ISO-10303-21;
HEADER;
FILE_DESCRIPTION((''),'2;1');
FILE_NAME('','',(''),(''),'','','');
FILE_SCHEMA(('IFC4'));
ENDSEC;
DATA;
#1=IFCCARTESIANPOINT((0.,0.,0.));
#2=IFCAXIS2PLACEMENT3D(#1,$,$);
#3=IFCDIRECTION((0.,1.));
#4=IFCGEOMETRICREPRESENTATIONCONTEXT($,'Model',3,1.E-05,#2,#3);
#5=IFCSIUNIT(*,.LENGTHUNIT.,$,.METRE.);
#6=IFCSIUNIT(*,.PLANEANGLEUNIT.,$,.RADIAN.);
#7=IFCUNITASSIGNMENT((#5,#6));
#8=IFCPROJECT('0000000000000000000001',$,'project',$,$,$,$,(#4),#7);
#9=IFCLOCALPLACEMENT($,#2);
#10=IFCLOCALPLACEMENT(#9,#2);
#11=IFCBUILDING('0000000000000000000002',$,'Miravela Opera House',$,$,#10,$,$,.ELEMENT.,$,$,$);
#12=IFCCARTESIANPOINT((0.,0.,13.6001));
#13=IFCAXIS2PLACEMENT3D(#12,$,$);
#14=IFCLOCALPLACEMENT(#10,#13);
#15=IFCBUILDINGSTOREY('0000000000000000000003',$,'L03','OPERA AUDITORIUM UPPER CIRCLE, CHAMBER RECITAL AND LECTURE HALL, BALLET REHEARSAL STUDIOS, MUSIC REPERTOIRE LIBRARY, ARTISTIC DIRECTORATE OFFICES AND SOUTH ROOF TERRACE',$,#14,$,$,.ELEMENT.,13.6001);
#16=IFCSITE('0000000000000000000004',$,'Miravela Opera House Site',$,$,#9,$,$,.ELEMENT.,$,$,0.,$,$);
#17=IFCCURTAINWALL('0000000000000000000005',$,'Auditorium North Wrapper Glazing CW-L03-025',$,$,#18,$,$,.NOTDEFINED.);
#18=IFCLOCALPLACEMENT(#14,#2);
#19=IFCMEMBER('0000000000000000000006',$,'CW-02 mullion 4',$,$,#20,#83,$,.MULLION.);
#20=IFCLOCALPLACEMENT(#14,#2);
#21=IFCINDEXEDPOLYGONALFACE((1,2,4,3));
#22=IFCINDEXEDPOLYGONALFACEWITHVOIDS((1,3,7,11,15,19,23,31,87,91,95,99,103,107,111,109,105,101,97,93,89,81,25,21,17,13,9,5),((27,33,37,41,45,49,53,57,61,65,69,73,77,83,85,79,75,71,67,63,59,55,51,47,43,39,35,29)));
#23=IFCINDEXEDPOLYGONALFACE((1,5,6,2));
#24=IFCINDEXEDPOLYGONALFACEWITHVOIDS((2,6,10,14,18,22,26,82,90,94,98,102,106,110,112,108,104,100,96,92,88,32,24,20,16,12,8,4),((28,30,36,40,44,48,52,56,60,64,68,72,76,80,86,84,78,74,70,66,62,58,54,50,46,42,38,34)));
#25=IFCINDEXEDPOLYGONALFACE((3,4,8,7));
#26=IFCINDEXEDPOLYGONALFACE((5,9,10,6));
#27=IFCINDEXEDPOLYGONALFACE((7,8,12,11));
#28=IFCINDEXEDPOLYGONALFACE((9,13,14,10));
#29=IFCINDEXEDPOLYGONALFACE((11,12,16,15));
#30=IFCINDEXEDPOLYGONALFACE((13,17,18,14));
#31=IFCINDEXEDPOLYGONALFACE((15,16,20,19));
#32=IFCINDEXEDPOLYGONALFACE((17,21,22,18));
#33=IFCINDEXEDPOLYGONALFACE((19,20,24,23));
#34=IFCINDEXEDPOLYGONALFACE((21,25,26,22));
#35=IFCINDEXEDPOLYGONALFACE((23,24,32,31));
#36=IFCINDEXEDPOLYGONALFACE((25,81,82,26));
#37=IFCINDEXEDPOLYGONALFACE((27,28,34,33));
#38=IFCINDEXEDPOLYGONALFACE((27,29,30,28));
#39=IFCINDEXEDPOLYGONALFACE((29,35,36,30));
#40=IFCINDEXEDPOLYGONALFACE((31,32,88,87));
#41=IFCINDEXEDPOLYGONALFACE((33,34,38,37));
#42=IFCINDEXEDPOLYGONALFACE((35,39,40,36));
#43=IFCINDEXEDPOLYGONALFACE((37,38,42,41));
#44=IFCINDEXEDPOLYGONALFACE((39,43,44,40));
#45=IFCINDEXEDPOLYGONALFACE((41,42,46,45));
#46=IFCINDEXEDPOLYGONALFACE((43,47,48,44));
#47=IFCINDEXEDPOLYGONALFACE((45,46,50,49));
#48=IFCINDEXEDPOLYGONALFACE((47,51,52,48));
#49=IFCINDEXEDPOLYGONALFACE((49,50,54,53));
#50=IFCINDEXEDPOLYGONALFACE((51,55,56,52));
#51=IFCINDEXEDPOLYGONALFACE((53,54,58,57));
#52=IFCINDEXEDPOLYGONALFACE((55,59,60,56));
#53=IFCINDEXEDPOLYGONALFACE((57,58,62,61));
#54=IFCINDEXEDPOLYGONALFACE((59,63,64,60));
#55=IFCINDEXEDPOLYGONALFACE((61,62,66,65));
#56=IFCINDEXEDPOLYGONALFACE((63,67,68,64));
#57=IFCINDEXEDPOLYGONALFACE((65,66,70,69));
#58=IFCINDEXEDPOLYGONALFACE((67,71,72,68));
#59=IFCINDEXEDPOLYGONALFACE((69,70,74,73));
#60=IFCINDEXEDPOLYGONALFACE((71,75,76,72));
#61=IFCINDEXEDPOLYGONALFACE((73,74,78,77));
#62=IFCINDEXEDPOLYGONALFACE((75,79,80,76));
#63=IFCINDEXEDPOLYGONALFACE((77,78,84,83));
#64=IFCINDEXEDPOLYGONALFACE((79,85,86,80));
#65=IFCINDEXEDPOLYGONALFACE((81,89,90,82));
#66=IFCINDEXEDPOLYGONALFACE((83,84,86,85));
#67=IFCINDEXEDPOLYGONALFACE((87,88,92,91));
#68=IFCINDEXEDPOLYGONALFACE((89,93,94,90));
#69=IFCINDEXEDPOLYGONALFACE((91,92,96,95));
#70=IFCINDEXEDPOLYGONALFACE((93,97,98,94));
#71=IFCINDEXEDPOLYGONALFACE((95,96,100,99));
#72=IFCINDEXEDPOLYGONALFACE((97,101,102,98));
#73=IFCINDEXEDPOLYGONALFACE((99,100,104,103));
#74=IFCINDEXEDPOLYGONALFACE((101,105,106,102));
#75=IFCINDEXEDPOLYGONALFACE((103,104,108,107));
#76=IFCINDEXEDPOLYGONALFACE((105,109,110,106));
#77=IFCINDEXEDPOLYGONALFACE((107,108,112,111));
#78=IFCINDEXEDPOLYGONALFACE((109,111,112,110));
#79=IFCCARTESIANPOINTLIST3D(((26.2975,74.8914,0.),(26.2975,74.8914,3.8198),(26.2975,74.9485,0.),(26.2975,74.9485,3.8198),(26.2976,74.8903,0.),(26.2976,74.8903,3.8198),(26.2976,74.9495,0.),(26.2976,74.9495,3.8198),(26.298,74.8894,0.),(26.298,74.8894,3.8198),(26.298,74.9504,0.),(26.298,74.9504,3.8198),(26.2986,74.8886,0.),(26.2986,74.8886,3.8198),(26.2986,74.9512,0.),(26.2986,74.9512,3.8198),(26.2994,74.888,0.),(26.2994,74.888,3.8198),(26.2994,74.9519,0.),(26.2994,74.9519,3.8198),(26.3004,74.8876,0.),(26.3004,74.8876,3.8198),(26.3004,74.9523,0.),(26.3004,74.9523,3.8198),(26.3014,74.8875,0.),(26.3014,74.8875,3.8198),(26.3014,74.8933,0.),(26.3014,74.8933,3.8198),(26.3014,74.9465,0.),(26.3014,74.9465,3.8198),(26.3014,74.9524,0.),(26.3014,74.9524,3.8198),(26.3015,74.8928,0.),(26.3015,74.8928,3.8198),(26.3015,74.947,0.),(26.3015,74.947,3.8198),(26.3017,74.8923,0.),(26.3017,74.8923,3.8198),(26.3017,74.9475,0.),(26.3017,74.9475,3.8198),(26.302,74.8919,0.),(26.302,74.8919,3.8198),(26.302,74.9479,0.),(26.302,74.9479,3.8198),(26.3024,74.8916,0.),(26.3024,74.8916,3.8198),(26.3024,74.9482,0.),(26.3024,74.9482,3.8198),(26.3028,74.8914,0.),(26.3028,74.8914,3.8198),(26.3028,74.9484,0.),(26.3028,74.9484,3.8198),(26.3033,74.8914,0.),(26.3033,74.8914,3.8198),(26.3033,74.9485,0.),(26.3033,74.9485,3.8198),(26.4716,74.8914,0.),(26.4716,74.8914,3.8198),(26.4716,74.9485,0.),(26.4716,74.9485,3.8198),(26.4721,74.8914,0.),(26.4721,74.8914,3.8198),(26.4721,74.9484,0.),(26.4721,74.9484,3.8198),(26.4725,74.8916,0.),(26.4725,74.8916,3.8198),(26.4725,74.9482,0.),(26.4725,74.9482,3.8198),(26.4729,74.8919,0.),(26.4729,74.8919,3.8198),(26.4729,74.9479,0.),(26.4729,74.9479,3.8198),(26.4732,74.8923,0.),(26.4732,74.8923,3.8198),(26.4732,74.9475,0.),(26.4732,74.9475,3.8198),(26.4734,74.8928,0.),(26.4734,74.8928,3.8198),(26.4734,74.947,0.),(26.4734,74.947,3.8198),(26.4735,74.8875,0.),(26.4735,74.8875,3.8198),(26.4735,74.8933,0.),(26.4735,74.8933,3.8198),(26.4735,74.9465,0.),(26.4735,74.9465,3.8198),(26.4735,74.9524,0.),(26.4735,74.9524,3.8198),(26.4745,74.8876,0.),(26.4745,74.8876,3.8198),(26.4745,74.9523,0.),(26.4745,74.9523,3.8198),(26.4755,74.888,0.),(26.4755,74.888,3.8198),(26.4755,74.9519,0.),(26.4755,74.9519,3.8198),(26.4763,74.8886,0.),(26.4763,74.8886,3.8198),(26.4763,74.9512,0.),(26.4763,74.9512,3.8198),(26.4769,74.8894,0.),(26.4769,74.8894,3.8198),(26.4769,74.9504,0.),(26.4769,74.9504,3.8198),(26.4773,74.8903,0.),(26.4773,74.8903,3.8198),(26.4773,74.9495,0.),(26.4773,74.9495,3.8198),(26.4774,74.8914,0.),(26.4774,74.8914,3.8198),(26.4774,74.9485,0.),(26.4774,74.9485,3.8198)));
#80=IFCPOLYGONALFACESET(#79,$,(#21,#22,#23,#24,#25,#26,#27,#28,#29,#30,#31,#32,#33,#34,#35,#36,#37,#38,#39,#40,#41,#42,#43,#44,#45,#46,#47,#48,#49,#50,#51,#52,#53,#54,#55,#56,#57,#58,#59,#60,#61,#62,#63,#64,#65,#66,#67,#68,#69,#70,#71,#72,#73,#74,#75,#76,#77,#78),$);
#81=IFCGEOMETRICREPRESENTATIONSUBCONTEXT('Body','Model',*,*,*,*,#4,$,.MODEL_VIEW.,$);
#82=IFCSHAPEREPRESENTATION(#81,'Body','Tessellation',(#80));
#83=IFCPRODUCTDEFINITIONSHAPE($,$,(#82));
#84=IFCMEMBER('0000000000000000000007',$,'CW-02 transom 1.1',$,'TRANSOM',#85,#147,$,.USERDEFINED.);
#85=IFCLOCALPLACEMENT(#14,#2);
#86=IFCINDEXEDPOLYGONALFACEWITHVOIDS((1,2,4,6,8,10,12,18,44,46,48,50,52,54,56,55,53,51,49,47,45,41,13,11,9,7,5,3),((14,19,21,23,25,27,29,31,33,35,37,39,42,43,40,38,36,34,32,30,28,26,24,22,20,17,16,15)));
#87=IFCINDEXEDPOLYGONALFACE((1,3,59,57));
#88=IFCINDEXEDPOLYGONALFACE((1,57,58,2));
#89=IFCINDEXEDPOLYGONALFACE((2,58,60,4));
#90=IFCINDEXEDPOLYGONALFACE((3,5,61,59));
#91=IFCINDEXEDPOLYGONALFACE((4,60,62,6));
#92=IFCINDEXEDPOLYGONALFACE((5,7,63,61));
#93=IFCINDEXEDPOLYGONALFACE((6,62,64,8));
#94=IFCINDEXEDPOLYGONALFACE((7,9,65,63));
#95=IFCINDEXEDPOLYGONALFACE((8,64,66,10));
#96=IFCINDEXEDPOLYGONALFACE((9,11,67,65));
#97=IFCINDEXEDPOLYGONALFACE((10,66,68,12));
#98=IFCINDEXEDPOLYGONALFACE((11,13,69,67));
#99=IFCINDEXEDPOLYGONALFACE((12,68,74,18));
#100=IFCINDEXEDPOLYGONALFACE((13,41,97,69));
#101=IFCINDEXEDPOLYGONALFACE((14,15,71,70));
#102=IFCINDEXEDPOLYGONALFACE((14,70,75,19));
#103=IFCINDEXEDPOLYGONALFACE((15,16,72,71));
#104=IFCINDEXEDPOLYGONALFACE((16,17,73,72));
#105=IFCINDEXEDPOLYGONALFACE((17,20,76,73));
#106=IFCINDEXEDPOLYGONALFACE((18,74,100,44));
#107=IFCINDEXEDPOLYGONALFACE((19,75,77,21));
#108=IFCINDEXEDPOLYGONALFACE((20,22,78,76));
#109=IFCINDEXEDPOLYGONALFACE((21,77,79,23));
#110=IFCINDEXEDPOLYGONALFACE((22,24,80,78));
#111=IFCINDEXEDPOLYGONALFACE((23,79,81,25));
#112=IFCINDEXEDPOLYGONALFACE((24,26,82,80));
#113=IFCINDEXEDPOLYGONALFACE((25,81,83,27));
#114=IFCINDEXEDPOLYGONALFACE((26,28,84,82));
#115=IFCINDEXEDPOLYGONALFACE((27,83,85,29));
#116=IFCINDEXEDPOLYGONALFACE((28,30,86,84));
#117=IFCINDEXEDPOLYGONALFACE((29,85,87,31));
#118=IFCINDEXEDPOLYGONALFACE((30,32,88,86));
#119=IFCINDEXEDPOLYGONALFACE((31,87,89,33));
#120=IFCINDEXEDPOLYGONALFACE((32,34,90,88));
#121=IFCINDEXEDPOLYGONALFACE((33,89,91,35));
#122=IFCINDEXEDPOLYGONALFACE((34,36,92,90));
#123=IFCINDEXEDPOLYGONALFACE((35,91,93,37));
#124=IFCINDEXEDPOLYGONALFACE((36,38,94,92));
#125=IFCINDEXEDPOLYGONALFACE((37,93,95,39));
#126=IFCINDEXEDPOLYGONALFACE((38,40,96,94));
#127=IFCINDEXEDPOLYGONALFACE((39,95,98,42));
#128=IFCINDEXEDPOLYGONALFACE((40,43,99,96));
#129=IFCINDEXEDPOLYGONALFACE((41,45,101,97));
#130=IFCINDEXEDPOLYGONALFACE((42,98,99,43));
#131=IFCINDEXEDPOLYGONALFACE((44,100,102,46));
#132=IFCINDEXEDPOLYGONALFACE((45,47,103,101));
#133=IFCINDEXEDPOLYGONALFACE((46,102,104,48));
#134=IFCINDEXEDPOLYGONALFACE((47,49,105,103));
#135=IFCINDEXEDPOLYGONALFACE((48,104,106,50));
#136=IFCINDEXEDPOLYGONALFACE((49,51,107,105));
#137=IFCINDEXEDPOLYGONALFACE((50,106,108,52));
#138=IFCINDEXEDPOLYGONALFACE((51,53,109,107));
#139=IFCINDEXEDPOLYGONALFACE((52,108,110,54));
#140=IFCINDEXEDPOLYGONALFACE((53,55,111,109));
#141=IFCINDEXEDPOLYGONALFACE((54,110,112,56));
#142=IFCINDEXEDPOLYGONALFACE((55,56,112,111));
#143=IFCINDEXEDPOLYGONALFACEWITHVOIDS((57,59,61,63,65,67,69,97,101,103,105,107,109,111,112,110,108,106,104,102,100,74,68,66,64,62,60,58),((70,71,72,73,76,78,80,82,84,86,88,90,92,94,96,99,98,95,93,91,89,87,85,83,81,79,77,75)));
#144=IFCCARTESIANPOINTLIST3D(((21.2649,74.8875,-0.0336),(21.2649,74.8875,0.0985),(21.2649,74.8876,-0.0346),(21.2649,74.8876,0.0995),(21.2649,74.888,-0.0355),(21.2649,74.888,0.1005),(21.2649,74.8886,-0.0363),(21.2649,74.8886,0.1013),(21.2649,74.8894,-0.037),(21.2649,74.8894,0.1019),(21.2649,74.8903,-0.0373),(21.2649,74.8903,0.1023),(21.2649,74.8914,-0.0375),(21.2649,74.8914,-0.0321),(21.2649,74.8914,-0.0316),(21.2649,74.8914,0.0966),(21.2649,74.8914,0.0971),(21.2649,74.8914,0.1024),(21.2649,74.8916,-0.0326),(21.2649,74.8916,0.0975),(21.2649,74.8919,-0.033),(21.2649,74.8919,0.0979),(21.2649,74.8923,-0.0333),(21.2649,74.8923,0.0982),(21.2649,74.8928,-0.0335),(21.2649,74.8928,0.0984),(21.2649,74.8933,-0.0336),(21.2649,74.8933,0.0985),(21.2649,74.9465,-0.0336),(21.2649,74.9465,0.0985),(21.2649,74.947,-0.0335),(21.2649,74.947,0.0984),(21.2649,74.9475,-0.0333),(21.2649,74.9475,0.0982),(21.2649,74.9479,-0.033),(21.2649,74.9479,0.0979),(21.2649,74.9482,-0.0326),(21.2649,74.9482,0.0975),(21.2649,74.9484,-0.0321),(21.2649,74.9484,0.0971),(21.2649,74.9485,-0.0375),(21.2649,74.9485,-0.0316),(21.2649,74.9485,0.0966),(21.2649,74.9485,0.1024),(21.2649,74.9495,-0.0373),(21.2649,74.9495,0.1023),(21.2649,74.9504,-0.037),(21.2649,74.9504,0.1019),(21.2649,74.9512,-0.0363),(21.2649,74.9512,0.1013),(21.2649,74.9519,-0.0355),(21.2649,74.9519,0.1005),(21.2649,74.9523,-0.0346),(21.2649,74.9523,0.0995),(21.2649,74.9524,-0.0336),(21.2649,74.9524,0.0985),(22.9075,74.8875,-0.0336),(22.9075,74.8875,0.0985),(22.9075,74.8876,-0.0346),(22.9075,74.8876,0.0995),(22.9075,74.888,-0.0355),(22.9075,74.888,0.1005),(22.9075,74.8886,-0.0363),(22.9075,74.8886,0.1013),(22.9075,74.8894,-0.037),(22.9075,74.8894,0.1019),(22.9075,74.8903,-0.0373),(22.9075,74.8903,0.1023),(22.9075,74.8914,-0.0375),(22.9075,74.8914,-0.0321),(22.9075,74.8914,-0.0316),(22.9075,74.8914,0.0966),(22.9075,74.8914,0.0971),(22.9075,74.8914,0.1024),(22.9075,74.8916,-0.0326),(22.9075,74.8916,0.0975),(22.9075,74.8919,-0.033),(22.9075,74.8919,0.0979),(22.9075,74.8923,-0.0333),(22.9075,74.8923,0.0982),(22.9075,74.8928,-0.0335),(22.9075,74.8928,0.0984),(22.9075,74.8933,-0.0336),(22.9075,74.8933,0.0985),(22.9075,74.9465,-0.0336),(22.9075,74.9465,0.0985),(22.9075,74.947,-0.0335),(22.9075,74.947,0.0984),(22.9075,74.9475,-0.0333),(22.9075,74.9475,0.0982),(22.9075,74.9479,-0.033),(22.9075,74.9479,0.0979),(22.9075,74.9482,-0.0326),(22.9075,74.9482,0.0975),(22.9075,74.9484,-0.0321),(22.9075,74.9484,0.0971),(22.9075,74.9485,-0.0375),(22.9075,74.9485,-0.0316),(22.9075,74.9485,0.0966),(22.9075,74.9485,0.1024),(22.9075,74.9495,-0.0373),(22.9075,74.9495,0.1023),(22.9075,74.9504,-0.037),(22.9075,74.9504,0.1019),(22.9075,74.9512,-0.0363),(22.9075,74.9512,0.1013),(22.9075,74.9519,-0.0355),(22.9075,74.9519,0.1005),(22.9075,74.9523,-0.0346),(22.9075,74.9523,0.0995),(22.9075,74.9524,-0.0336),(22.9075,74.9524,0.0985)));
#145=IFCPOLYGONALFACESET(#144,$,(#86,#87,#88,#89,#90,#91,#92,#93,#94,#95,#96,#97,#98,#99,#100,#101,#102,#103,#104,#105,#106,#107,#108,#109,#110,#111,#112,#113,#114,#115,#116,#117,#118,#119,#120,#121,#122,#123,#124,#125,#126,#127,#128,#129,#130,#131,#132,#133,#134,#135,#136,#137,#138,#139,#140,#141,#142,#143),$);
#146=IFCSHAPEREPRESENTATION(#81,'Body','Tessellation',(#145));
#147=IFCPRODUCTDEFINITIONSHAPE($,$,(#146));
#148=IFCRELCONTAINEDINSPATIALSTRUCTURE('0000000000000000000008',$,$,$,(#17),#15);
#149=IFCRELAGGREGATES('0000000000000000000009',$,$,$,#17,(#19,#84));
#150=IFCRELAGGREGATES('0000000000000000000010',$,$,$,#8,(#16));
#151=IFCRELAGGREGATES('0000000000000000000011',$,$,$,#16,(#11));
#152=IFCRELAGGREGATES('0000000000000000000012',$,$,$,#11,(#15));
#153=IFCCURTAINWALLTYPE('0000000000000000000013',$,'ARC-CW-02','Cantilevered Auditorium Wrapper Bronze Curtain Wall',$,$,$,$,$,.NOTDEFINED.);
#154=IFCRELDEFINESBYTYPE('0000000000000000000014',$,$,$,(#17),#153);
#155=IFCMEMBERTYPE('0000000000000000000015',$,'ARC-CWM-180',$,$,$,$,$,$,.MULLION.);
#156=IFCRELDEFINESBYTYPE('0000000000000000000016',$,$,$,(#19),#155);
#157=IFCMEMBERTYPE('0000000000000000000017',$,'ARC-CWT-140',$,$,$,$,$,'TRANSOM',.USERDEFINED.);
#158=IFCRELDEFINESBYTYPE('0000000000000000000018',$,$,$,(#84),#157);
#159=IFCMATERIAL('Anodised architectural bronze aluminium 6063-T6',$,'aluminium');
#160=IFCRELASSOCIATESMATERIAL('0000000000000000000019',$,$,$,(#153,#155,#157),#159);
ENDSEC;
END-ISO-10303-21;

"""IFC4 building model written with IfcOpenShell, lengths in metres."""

from ifc_helpers import new_model, si_unit, direction, frame, origin, origin_2d, place, context, subcontext, project, spatial, hollow_rectangle, extrude, material, material_profile, profile_set, type_object, element, aggregate, save


model = new_model("IFC4")

# Units and contexts
model_context = context("Model", 3, precision=1e-05, world=origin(), true_north=direction((0.0, 1.0)))
body_context = subcontext(model_context, "Body", "Model", "MODEL_VIEW")
ifc_project = project(units=[si_unit("LENGTHUNIT", "METRE"), si_unit("PLANEANGLEUNIT", "RADIAN")], contexts=[model_context])

# Site, building, storey
site_placement = place(None, origin())
site = spatial("IfcSite", under=ifc_project, at=site_placement, Name="Miravela Opera House Site", CompositionType="ELEMENT", RefElevation=0.0)
building_placement = place(site_placement, origin())
building = spatial("IfcBuilding", under=site, at=building_placement, Name="Miravela Opera House", CompositionType="ELEMENT")
storey_placement = place(building_placement, frame((0.0, 0.0, 13.6001)))
storey = spatial("IfcBuildingStorey", under=building, at=storey_placement, Name="L03", Description="OPERA AUDITORIUM UPPER CIRCLE, CHAMBER RECITAL AND LECTURE HALL, BALLET REHEARSAL STUDIOS, MUSIC REPERTOIRE LIBRARY, ARTISTIC DIRECTORATE OFFICES AND SOUTH ROOF TERRACE", CompositionType="ELEMENT", Elevation=13.6001)

# Shared definitions
ifc_material_1 = material(Name="Anodised architectural bronze aluminium 6063-T6", Category="aluminium")
curtain_wall_type = type_object("IfcCurtainWallType", Name="ARC-CW-02", Description="Cantilevered Auditorium Wrapper Bronze Curtain Wall", PredefinedType="NOTDEFINED", material=ifc_material_1)
ifc_material_profile_1 = material_profile(ifc_material_1, hollow_rectangle(XDim=0.0649, YDim=0.1799, WallThickness=0.0039, InnerFilletRadius=0.002, OuterFilletRadius=0.0039, at=origin_2d()), Name="CWM-65X180")
ifc_profile_set_1 = profile_set([ifc_material_profile_1])
member_type_1 = type_object("IfcMemberType", Name="ARC-CWM-180", PredefinedType="MULLION", material=ifc_profile_set_1)

# Curtain wall, members
curtain_wall_1_placement = place(storey_placement, origin())
curtain_wall_1 = element("IfcCurtainWall", 1, at=curtain_wall_1_placement, inside=storey, type_object=curtain_wall_type, Name="Auditorium North Wrapper Glazing CW-L03-025", PredefinedType="NOTDEFINED")
member_1_placement = place(storey_placement, frame((26.3875, 74.9199, 0.0), z_axis=(0.0, 0.0, 1.0), x_axis=(0.0, 1.0, 0.0)))
member_1 = element("IfcMember", 2, at=member_1_placement, type_object=member_type_1, Name="CW-02 mullion 4", PredefinedType="MULLION", context=body_context, shape_type="SweptSolid", body=[
    extrude(hollow_rectangle(XDim=0.0649, YDim=0.1799, WallThickness=0.0039, InnerFilletRadius=0.002, OuterFilletRadius=0.0039, at=origin_2d()), origin(), (0.0, 0.0, 1.0), 3.8198),
])
ifc_material_profile_2 = material_profile(ifc_material_1, hollow_rectangle(XDim=0.0649, YDim=0.1399, WallThickness=0.0039, InnerFilletRadius=0.002, OuterFilletRadius=0.0039, at=origin_2d()), Name="CWT-65X140")
ifc_profile_set_2 = profile_set([ifc_material_profile_2])
member_type_2 = type_object("IfcMemberType", Name="ARC-CWT-140", ElementType="TRANSOM", PredefinedType="USERDEFINED", material=ifc_profile_set_2)
member_2_placement = place(storey_placement, frame((21.2649, 74.9199, 0.0325), z_axis=(1.0, 0.0, 0.0), x_axis=(0.0, 1.0, 0.0)))
member_2 = element("IfcMember", 3, at=member_2_placement, type_object=member_type_2, Name="CW-02 transom 1.1", ObjectType="TRANSOM", PredefinedType="USERDEFINED", context=body_context, shape_type="SweptSolid", body=[
    extrude(hollow_rectangle(XDim=0.0649, YDim=0.1399, WallThickness=0.0039, InnerFilletRadius=0.002, OuterFilletRadius=0.0039, at=origin_2d()), origin(), (0.0, 0.0, 1.0), 1.6426),
])

aggregate(curtain_wall_1, [member_1, member_2])

save(model, "model.ifc")
